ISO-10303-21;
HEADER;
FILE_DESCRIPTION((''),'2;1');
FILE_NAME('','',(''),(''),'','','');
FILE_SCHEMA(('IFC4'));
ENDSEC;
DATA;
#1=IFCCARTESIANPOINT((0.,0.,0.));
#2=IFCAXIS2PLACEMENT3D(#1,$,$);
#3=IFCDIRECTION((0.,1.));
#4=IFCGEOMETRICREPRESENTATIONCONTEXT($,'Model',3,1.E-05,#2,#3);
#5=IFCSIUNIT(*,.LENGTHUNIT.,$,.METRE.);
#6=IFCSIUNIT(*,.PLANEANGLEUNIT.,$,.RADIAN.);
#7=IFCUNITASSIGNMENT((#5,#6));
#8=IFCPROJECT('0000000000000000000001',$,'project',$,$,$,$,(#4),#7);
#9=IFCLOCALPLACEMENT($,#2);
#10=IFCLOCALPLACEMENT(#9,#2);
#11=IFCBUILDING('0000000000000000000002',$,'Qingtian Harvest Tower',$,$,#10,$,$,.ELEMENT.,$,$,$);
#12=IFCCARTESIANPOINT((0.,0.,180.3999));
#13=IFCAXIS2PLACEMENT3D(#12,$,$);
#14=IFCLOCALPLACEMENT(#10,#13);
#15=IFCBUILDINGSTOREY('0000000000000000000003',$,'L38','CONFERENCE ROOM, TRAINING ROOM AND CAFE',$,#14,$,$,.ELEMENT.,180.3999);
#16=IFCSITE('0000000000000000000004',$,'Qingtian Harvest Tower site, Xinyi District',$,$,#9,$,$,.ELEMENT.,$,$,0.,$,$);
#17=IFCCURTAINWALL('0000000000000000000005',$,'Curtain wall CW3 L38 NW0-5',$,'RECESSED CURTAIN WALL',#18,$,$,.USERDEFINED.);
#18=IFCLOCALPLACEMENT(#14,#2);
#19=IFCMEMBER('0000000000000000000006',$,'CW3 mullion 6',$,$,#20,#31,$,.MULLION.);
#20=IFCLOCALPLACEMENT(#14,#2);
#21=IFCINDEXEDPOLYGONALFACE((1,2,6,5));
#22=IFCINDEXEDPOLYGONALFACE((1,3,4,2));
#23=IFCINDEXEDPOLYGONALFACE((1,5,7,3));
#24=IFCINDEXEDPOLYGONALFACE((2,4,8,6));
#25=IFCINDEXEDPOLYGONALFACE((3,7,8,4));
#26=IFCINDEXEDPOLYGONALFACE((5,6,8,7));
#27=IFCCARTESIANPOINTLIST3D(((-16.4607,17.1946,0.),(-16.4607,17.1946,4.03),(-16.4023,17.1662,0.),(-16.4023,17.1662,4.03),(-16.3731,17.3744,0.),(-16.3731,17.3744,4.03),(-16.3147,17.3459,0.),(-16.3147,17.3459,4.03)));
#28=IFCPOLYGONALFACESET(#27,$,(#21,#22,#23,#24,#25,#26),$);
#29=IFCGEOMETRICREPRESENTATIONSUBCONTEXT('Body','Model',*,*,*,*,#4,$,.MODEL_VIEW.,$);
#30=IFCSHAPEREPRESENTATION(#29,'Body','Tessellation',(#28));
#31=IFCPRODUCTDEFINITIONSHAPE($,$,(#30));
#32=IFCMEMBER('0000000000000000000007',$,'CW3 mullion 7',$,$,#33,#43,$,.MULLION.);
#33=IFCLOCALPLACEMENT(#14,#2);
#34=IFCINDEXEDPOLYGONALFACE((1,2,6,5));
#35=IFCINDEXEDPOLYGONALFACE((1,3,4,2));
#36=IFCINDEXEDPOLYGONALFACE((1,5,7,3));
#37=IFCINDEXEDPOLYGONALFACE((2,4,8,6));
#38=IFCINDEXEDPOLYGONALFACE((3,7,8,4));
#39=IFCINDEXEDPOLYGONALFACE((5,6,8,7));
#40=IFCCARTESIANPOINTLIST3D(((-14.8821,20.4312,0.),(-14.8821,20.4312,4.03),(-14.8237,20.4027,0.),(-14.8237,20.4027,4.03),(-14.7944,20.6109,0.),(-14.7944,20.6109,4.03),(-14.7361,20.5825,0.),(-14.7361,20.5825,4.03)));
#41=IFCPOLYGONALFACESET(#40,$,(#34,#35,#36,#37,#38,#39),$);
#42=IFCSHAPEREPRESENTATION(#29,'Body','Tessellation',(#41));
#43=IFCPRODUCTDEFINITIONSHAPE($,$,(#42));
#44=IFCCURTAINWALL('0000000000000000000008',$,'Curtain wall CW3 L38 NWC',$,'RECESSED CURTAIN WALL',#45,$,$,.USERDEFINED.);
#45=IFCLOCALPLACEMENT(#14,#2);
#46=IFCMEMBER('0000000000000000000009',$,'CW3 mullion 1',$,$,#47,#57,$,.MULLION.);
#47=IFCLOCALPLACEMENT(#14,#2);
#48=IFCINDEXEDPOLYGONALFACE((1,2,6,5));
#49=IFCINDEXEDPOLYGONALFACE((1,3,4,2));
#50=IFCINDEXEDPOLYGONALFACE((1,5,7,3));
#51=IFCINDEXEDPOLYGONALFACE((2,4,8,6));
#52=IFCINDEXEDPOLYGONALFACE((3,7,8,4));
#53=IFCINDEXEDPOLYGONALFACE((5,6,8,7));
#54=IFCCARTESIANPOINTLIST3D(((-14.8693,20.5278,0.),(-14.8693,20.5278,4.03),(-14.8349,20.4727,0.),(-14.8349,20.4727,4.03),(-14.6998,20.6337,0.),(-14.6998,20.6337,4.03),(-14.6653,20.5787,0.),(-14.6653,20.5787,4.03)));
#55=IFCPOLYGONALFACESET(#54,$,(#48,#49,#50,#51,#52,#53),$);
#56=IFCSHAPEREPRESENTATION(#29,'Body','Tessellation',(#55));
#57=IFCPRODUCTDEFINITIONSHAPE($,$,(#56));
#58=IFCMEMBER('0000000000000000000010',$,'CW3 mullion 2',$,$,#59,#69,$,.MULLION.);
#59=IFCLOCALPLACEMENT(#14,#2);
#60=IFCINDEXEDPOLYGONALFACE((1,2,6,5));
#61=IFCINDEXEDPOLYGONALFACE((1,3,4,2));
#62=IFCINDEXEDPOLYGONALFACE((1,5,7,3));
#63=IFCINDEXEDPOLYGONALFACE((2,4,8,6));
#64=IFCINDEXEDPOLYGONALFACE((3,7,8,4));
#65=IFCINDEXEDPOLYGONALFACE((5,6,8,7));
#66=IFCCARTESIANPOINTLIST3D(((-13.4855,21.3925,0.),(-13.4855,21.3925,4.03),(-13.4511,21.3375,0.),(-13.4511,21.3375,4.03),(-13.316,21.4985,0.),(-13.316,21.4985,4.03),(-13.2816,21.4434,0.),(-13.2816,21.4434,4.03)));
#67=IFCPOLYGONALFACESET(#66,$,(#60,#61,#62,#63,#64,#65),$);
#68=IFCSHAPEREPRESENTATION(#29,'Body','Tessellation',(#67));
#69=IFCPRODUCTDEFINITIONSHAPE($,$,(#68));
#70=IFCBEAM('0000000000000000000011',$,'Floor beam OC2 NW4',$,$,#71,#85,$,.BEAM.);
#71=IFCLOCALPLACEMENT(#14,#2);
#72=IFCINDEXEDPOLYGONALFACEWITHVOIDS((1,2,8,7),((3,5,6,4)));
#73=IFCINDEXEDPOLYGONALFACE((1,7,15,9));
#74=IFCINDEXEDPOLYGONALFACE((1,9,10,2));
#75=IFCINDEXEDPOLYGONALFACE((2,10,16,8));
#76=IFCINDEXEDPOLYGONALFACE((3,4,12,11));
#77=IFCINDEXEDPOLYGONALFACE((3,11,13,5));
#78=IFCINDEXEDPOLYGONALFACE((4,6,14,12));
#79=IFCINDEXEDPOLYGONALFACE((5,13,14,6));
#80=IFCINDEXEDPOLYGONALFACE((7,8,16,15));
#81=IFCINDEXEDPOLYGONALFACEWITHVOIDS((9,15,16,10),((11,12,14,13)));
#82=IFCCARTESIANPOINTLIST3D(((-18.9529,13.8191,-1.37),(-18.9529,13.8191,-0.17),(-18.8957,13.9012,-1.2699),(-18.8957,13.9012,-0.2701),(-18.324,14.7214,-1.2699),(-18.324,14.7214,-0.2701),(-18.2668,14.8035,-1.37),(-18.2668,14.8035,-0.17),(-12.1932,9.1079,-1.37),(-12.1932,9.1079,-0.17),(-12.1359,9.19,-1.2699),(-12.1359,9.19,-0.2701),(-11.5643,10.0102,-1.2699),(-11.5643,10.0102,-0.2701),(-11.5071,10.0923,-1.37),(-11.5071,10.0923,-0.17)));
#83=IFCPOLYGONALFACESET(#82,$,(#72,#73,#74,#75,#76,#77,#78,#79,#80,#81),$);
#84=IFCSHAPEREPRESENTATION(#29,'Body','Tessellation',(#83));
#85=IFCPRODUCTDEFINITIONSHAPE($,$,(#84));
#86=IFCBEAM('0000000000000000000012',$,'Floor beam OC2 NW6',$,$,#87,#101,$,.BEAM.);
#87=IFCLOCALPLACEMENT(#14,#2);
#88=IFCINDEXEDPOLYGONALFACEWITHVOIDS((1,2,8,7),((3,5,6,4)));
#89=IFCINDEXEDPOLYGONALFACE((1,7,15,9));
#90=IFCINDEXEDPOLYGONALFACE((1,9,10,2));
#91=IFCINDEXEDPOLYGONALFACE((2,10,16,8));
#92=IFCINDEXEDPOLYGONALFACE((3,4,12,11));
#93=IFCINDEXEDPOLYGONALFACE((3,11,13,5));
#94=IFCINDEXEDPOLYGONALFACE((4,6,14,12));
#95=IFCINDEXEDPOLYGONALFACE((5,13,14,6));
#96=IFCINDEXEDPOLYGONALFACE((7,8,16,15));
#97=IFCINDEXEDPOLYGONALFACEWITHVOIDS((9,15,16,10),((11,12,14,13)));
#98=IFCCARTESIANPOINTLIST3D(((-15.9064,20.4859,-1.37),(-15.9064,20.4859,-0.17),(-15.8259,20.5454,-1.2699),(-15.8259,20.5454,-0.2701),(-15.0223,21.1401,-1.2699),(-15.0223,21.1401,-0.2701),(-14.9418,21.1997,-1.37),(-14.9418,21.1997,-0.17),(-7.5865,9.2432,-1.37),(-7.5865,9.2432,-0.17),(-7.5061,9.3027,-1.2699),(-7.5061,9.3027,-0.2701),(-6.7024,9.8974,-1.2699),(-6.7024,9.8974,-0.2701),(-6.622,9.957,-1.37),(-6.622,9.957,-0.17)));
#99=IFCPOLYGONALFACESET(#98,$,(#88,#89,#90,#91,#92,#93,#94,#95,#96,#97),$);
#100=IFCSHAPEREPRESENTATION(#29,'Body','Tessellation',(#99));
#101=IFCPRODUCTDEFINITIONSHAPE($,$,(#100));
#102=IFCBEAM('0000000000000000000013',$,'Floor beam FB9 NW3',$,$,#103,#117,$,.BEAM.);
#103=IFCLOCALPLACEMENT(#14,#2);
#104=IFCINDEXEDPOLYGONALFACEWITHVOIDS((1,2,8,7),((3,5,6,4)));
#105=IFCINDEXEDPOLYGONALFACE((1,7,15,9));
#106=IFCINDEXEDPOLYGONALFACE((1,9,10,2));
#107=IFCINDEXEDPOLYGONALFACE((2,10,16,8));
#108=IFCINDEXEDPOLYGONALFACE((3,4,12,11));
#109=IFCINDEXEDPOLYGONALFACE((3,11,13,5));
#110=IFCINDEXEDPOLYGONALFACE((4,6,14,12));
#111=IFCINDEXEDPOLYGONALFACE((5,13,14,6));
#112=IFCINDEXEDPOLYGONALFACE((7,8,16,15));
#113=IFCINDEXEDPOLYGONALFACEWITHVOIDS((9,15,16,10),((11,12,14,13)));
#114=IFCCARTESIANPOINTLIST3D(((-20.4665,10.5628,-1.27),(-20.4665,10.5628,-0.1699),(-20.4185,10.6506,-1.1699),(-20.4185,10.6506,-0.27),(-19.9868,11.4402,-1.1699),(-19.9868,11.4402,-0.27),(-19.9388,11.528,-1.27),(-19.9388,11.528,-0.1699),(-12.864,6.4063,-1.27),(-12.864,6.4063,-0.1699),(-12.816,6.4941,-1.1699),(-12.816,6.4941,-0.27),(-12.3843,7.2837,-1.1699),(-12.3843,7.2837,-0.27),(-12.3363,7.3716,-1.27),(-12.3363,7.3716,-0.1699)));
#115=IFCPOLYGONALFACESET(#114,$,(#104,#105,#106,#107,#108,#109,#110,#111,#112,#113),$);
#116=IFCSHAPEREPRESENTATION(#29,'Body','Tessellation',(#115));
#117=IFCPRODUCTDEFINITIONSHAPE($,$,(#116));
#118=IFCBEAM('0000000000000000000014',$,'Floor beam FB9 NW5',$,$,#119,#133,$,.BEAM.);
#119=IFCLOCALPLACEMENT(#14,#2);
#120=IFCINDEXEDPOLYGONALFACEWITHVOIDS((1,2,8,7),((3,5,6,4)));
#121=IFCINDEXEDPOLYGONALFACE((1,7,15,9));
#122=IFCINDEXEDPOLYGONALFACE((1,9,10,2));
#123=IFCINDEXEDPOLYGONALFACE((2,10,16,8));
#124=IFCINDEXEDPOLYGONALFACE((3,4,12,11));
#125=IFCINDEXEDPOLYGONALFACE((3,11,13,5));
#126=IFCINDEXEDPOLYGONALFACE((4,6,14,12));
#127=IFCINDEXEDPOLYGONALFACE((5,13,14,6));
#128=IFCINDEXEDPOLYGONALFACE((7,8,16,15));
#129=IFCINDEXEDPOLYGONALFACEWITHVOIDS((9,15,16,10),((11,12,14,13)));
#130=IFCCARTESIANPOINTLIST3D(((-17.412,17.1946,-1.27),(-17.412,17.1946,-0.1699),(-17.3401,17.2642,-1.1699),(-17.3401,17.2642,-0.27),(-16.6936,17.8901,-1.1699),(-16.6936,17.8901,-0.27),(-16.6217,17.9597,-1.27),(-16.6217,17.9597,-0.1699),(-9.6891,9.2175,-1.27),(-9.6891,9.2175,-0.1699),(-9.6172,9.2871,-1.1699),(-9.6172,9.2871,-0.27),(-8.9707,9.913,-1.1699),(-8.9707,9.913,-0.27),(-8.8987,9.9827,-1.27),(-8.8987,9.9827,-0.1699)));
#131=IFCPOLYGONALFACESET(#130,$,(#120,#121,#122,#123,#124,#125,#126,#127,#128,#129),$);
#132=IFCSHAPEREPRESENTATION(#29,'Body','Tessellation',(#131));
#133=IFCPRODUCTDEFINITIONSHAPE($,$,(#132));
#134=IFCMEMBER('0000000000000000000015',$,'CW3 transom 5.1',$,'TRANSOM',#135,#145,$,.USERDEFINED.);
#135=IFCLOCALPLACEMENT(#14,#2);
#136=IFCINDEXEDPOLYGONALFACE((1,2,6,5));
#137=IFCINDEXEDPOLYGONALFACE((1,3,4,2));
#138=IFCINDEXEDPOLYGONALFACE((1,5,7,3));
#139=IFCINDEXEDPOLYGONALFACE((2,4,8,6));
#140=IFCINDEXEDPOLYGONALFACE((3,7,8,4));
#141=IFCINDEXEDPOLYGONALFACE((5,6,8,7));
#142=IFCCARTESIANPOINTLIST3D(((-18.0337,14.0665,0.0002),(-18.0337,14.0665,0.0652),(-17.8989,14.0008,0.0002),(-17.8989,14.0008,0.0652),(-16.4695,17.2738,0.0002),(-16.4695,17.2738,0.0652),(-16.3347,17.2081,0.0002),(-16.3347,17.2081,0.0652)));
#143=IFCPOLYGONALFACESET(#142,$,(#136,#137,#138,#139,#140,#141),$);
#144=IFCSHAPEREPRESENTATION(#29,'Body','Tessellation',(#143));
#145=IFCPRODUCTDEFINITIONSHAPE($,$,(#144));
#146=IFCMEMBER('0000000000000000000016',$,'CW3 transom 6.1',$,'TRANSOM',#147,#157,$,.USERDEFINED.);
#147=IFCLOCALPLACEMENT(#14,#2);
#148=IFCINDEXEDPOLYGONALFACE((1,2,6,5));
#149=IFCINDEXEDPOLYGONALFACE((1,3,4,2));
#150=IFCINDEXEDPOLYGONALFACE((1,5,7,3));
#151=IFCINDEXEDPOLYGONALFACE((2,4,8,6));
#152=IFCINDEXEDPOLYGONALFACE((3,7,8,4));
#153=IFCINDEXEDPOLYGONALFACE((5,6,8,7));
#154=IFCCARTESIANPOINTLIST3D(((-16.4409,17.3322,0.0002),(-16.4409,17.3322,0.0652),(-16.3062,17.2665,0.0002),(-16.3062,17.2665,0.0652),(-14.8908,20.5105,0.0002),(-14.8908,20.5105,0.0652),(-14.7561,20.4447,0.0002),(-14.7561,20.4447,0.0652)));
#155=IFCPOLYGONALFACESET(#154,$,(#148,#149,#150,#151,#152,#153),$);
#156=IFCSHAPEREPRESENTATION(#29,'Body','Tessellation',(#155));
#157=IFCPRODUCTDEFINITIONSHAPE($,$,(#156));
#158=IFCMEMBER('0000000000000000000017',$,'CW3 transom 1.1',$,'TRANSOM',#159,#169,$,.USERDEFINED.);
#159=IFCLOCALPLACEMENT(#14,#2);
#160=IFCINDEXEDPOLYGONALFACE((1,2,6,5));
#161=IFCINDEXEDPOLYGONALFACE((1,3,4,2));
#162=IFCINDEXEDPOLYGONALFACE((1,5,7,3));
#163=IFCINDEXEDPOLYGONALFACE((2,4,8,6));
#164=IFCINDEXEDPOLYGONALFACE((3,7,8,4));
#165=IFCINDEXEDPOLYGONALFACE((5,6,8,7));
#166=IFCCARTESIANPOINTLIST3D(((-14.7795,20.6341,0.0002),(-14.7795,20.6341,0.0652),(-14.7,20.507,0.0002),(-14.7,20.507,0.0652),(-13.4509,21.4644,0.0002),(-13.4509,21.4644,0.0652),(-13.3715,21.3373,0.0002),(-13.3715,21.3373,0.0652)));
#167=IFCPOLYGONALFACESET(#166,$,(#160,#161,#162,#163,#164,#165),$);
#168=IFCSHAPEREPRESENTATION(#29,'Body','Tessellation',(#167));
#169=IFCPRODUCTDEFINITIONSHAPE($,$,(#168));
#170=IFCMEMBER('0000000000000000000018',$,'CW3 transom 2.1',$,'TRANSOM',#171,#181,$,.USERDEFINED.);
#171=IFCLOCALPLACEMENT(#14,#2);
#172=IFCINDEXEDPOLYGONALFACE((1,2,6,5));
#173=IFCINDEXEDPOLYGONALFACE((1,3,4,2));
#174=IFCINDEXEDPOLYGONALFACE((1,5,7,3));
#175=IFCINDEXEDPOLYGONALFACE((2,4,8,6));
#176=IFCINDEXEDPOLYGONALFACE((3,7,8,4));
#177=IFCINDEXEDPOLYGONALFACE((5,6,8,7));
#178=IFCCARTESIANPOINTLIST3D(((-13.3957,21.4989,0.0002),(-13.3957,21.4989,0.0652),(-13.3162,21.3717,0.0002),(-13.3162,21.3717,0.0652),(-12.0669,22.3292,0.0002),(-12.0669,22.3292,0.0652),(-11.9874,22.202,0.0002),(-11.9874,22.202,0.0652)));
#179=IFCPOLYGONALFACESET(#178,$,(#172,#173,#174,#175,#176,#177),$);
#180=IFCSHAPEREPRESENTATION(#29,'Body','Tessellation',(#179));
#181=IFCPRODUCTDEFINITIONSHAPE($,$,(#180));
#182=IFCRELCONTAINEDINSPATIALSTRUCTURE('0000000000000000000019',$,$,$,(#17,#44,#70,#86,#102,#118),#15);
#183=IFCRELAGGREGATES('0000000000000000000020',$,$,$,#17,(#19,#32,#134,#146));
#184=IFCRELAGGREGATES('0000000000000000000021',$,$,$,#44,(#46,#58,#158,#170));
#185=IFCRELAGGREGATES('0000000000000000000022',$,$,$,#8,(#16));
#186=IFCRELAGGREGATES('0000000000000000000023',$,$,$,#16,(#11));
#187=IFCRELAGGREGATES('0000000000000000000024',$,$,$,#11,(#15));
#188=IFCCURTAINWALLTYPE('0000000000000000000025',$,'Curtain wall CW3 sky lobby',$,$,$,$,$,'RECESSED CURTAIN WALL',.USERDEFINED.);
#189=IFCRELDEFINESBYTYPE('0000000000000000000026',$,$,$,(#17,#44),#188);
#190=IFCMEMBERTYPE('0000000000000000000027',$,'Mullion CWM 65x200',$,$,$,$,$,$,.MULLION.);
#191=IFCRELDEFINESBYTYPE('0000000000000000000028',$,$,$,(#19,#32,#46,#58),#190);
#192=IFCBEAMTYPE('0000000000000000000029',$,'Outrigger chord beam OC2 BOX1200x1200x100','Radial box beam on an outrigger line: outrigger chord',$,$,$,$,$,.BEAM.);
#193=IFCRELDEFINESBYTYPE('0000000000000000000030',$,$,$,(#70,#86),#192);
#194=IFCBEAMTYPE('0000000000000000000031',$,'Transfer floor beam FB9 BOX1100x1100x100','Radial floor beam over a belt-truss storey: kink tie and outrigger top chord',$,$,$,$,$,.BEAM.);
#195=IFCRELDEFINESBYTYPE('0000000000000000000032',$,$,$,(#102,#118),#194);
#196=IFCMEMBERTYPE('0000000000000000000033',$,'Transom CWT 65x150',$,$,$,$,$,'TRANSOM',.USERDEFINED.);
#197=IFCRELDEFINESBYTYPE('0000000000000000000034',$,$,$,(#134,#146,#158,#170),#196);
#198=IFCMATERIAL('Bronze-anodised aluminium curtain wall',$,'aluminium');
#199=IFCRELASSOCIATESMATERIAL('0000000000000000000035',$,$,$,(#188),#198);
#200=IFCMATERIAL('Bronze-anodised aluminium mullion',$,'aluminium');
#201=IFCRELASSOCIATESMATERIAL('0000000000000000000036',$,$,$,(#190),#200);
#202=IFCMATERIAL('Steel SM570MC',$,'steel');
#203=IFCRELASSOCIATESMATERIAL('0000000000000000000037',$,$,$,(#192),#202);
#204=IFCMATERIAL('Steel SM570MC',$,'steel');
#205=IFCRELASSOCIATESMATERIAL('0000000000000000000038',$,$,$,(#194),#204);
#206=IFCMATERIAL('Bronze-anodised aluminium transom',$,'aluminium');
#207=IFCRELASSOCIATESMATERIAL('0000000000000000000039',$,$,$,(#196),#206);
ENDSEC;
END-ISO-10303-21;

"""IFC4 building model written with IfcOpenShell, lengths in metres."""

from ifc_helpers import new_model, si_unit, direction, frame, origin, origin_2d, place, context, subcontext, project, spatial, rectangle, hollow_rectangle, extrude, material, material_profile, profile_set, type_object, element, aggregate, save


model = new_model("IFC4")

# Units and contexts
model_context = context("Model", 3, precision=1e-05, world=origin(), true_north=direction((0.0, 1.0)))
body_context = subcontext(model_context, "Body", "Model", "MODEL_VIEW")
ifc_project = project(units=[si_unit("LENGTHUNIT", "METRE"), si_unit("PLANEANGLEUNIT", "RADIAN")], contexts=[model_context])

# Site, building, storey
site_placement = place(None, origin())
site = spatial("IfcSite", under=ifc_project, at=site_placement, Name="Qingtian Harvest Tower site, Xinyi District", CompositionType="ELEMENT", RefElevation=0.0)
building_placement = place(site_placement, origin())
building = spatial("IfcBuilding", under=site, at=building_placement, Name="Qingtian Harvest Tower", CompositionType="ELEMENT")
storey_placement = place(building_placement, frame((0.0, 0.0, 180.3999)))
storey = spatial("IfcBuildingStorey", under=building, at=storey_placement, Name="L38", Description="CONFERENCE ROOM, TRAINING ROOM AND CAFE", CompositionType="ELEMENT", Elevation=180.3999)

# Curtain walls, members
ifc_material_1 = material(Name="Bronze-anodised aluminium curtain wall", Category="aluminium")
curtain_wall_type = type_object("IfcCurtainWallType", Name="Curtain wall CW3 sky lobby", ElementType="RECESSED CURTAIN WALL", PredefinedType="USERDEFINED", material=ifc_material_1)
curtain_wall_1_placement = place(storey_placement, origin())
curtain_wall_1 = element("IfcCurtainWall", 1, at=curtain_wall_1_placement, inside=storey, type_object=curtain_wall_type, Name="Curtain wall CW3 L38 NW0-5", ObjectType="RECESSED CURTAIN WALL", PredefinedType="USERDEFINED")
ifc_material_2 = material(Name="Bronze-anodised aluminium mullion", Category="aluminium")
ifc_material_profile_1 = material_profile(ifc_material_2, rectangle(XDim=0.0649, YDim=0.2, at=origin_2d()), Name="AL 65x200")
ifc_profile_set_1 = profile_set([ifc_material_profile_1], Name="Bronze-anodised aluminium mullion")
member_type_1 = type_object("IfcMemberType", Name="Mullion CWM 65x200", PredefinedType="MULLION", material=ifc_profile_set_1)
member_1_placement = place(storey_placement, frame((-16.3877, 17.2703, 0.0), z_axis=(0.0, 0.0, 1.0), x_axis=(-0.898794, 0.438371, 0.0)))
member_1 = element("IfcMember", 2, at=member_1_placement, type_object=member_type_1, Name="CW3 mullion 6", PredefinedType="MULLION", context=body_context, shape_type="SweptSolid", body=[
    extrude(rectangle(XDim=0.0649, YDim=0.2, at=origin_2d()), origin(), (0.0, 0.0, 1.0), 4.03),
])
member_2_placement = place(storey_placement, frame((-14.8091, 20.5068, 0.0), z_axis=(0.0, 0.0, 1.0), x_axis=(-0.898794, 0.438371, 0.0)))
member_2 = element("IfcMember", 3, at=member_2_placement, type_object=member_type_1, Name="CW3 mullion 7", PredefinedType="MULLION", context=body_context, shape_type="SweptSolid", body=[
    extrude(rectangle(XDim=0.0649, YDim=0.2, at=origin_2d()), origin(), (0.0, 0.0, 1.0), 4.03),
])
curtain_wall_2_placement = place(storey_placement, origin())
curtain_wall_2 = element("IfcCurtainWall", 4, at=curtain_wall_2_placement, inside=storey, type_object=curtain_wall_type, Name="Curtain wall CW3 L38 NWC", ObjectType="RECESSED CURTAIN WALL", PredefinedType="USERDEFINED")
member_3_placement = place(storey_placement, frame((-14.7673, 20.5532, 0.0), z_axis=(0.0, 0.0, 1.0), x_axis=(-0.529919, 0.848048, 0.0)))
member_3 = element("IfcMember", 5, at=member_3_placement, type_object=member_type_1, Name="CW3 mullion 1", PredefinedType="MULLION", context=body_context, shape_type="SweptSolid", body=[
    extrude(rectangle(XDim=0.0649, YDim=0.2, at=origin_2d()), origin(), (0.0, 0.0, 1.0), 4.03),
])
member_4_placement = place(storey_placement, frame((-13.3835, 21.418, 0.0), z_axis=(0.0, 0.0, 1.0), x_axis=(-0.529919, 0.848048, 0.0)))
member_4 = element("IfcMember", 6, at=member_4_placement, type_object=member_type_1, Name="CW3 mullion 2", PredefinedType="MULLION", context=body_context, shape_type="SweptSolid", body=[
    extrude(rectangle(XDim=0.0649, YDim=0.2, at=origin_2d()), origin(), (0.0, 0.0, 1.0), 4.03),
])

# Beams
ifc_material_3 = material(Name="Steel SM570MC", Category="steel")
ifc_material_profile_2 = material_profile(ifc_material_3, hollow_rectangle(XDim=1.2, YDim=1.2, WallThickness=0.1001, at=origin_2d()), Name="BOX1200x1200x100")
ifc_profile_set_2 = profile_set([ifc_material_profile_2], Name="Steel SM570MC")
beam_type_1 = type_object("IfcBeamType", Name="Outrigger chord beam OC2 BOX1200x1200x100", Description="Radial box beam on an outrigger line: outrigger chord", PredefinedType="BEAM", material=ifc_profile_set_2)
beam_1_placement = place(storey_placement, frame((-18.6099, 14.3113, -0.77), z_axis=(0.820408, -0.571779, 0.0), x_axis=(0.571779, 0.820408, 0.0)))
element("IfcBeam", 7, at=beam_1_placement, inside=storey, type_object=beam_type_1, Name="Floor beam OC2 NW4", PredefinedType="BEAM", context=body_context, shape_type="SweptSolid", body=[
    extrude(hollow_rectangle(XDim=1.2, YDim=1.2, WallThickness=0.1001, at=origin_2d()), origin(), (0.0, 0.0, 1.0), 8.2395),
])
beam_2_placement = place(storey_placement, frame((-15.4241, 20.8428, -0.77), z_axis=(0.594854, -0.803834, 0.0), x_axis=(0.803834, 0.594854, 0.0)))
element("IfcBeam", 8, at=beam_2_placement, inside=storey, type_object=beam_type_1, Name="Floor beam OC2 NW6", PredefinedType="BEAM", context=body_context, shape_type="SweptSolid", body=[
    extrude(hollow_rectangle(XDim=1.2, YDim=1.2, WallThickness=0.1001, at=origin_2d()), origin(), (0.0, 0.0, 1.0), 13.9863),
])
ifc_material_4 = material(Name="Steel SM570MC", Category="steel")
ifc_material_profile_3 = material_profile(ifc_material_4, hollow_rectangle(XDim=1.1001, YDim=1.1001, WallThickness=0.1001, at=origin_2d()), Name="BOX1100x1100x100")
ifc_profile_set_3 = profile_set([ifc_material_profile_3], Name="Steel SM570MC")
beam_type_2 = type_object("IfcBeamType", Name="Transfer floor beam FB9 BOX1100x1100x100", Description="Radial floor beam over a belt-truss storey: kink tie and outrigger top chord", PredefinedType="BEAM", material=ifc_profile_set_3)
beam_3_placement = place(storey_placement, frame((-20.2026, 11.0454, -0.72), z_axis=(0.877427, -0.479711, 0.0), x_axis=(0.479711, 0.877427, 0.0)))
element("IfcBeam", 9, at=beam_3_placement, inside=storey, type_object=beam_type_2, Name="Floor beam FB9 NW3", PredefinedType="BEAM", context=body_context, shape_type="SweptSolid", body=[
    extrude(hollow_rectangle(XDim=1.1001, YDim=1.1001, WallThickness=0.1001, at=origin_2d()), origin(), (0.0, 0.0, 1.0), 8.6646),
])
beam_4_placement = place(storey_placement, frame((-17.0168, 17.5771, -0.72), z_axis=(0.695569, -0.718459, 0.0), x_axis=(0.718459, 0.695569, 0.0)))
element("IfcBeam", 10, at=beam_4_placement, inside=storey, type_object=beam_type_2, Name="Floor beam FB9 NW5", PredefinedType="BEAM", context=body_context, shape_type="SweptSolid", body=[
    extrude(hollow_rectangle(XDim=1.1001, YDim=1.1001, WallThickness=0.1001, at=origin_2d()), origin(), (0.0, 0.0, 1.0), 11.103),
])

# Members
ifc_material_5 = material(Name="Bronze-anodised aluminium transom", Category="aluminium")
ifc_material_profile_4 = material_profile(ifc_material_5, rectangle(XDim=0.1499, YDim=0.0649, at=origin_2d()), Name="AL 65x150")
ifc_profile_set_4 = profile_set([ifc_material_profile_4], Name="Bronze-anodised aluminium transom")
member_type_2 = type_object("IfcMemberType", Name="Transom CWT 65x150", ElementType="TRANSOM", PredefinedType="USERDEFINED", material=ifc_profile_set_4)
member_5_placement = place(storey_placement, frame((-17.9663, 14.0337, 0.0327), z_axis=(0.438352, 0.898803, 0.0), x_axis=(-0.898803, 0.438352, 0.0)))
member_5 = element("IfcMember", 11, at=member_5_placement, type_object=member_type_2, Name="CW3 transom 5.1", ObjectType="TRANSOM", PredefinedType="USERDEFINED", context=body_context, shape_type="SweptSolid", body=[
    extrude(rectangle(XDim=0.1499, YDim=0.0649, at=origin_2d()), origin(), (0.0, 0.0, 1.0), 3.5684),
])
member_6_placement = place(storey_placement, frame((-16.3735, 17.2993, 0.0327), z_axis=(0.438354, 0.898802, 0.0), x_axis=(-0.898802, 0.438354, 0.0)))
member_6 = element("IfcMember", 12, at=member_6_placement, type_object=member_type_2, Name="CW3 transom 6.1", ObjectType="TRANSOM", PredefinedType="USERDEFINED", context=body_context, shape_type="SweptSolid", body=[
    extrude(rectangle(XDim=0.1499, YDim=0.0649, at=origin_2d()), origin(), (0.0, 0.0, 1.0), 3.5361),
])
member_7_placement = place(storey_placement, frame((-14.7397, 20.5706, 0.0327), z_axis=(0.848016, 0.529971, 0.0), x_axis=(-0.529971, 0.848016, 0.0)))
member_7 = element("IfcMember", 13, at=member_7_placement, type_object=member_type_2, Name="CW3 transom 1.1", ObjectType="TRANSOM", PredefinedType="USERDEFINED", context=body_context, shape_type="SweptSolid", body=[
    extrude(rectangle(XDim=0.1499, YDim=0.0649, at=origin_2d()), origin(), (0.0, 0.0, 1.0), 1.5667),
])
member_8_placement = place(storey_placement, frame((-13.356, 21.4353, 0.0327), z_axis=(0.84806, 0.529901, 0.0), x_axis=(-0.529901, 0.84806, 0.0)))
member_8 = element("IfcMember", 14, at=member_8_placement, type_object=member_type_2, Name="CW3 transom 2.1", ObjectType="TRANSOM", PredefinedType="USERDEFINED", context=body_context, shape_type="SweptSolid", body=[
    extrude(rectangle(XDim=0.1499, YDim=0.0649, at=origin_2d()), origin(), (0.0, 0.0, 1.0), 1.5669),
])

aggregate(curtain_wall_1, [member_1, member_2, member_5, member_6])
aggregate(curtain_wall_2, [member_3, member_4, member_7, member_8])

save(model, "model.ifc")
